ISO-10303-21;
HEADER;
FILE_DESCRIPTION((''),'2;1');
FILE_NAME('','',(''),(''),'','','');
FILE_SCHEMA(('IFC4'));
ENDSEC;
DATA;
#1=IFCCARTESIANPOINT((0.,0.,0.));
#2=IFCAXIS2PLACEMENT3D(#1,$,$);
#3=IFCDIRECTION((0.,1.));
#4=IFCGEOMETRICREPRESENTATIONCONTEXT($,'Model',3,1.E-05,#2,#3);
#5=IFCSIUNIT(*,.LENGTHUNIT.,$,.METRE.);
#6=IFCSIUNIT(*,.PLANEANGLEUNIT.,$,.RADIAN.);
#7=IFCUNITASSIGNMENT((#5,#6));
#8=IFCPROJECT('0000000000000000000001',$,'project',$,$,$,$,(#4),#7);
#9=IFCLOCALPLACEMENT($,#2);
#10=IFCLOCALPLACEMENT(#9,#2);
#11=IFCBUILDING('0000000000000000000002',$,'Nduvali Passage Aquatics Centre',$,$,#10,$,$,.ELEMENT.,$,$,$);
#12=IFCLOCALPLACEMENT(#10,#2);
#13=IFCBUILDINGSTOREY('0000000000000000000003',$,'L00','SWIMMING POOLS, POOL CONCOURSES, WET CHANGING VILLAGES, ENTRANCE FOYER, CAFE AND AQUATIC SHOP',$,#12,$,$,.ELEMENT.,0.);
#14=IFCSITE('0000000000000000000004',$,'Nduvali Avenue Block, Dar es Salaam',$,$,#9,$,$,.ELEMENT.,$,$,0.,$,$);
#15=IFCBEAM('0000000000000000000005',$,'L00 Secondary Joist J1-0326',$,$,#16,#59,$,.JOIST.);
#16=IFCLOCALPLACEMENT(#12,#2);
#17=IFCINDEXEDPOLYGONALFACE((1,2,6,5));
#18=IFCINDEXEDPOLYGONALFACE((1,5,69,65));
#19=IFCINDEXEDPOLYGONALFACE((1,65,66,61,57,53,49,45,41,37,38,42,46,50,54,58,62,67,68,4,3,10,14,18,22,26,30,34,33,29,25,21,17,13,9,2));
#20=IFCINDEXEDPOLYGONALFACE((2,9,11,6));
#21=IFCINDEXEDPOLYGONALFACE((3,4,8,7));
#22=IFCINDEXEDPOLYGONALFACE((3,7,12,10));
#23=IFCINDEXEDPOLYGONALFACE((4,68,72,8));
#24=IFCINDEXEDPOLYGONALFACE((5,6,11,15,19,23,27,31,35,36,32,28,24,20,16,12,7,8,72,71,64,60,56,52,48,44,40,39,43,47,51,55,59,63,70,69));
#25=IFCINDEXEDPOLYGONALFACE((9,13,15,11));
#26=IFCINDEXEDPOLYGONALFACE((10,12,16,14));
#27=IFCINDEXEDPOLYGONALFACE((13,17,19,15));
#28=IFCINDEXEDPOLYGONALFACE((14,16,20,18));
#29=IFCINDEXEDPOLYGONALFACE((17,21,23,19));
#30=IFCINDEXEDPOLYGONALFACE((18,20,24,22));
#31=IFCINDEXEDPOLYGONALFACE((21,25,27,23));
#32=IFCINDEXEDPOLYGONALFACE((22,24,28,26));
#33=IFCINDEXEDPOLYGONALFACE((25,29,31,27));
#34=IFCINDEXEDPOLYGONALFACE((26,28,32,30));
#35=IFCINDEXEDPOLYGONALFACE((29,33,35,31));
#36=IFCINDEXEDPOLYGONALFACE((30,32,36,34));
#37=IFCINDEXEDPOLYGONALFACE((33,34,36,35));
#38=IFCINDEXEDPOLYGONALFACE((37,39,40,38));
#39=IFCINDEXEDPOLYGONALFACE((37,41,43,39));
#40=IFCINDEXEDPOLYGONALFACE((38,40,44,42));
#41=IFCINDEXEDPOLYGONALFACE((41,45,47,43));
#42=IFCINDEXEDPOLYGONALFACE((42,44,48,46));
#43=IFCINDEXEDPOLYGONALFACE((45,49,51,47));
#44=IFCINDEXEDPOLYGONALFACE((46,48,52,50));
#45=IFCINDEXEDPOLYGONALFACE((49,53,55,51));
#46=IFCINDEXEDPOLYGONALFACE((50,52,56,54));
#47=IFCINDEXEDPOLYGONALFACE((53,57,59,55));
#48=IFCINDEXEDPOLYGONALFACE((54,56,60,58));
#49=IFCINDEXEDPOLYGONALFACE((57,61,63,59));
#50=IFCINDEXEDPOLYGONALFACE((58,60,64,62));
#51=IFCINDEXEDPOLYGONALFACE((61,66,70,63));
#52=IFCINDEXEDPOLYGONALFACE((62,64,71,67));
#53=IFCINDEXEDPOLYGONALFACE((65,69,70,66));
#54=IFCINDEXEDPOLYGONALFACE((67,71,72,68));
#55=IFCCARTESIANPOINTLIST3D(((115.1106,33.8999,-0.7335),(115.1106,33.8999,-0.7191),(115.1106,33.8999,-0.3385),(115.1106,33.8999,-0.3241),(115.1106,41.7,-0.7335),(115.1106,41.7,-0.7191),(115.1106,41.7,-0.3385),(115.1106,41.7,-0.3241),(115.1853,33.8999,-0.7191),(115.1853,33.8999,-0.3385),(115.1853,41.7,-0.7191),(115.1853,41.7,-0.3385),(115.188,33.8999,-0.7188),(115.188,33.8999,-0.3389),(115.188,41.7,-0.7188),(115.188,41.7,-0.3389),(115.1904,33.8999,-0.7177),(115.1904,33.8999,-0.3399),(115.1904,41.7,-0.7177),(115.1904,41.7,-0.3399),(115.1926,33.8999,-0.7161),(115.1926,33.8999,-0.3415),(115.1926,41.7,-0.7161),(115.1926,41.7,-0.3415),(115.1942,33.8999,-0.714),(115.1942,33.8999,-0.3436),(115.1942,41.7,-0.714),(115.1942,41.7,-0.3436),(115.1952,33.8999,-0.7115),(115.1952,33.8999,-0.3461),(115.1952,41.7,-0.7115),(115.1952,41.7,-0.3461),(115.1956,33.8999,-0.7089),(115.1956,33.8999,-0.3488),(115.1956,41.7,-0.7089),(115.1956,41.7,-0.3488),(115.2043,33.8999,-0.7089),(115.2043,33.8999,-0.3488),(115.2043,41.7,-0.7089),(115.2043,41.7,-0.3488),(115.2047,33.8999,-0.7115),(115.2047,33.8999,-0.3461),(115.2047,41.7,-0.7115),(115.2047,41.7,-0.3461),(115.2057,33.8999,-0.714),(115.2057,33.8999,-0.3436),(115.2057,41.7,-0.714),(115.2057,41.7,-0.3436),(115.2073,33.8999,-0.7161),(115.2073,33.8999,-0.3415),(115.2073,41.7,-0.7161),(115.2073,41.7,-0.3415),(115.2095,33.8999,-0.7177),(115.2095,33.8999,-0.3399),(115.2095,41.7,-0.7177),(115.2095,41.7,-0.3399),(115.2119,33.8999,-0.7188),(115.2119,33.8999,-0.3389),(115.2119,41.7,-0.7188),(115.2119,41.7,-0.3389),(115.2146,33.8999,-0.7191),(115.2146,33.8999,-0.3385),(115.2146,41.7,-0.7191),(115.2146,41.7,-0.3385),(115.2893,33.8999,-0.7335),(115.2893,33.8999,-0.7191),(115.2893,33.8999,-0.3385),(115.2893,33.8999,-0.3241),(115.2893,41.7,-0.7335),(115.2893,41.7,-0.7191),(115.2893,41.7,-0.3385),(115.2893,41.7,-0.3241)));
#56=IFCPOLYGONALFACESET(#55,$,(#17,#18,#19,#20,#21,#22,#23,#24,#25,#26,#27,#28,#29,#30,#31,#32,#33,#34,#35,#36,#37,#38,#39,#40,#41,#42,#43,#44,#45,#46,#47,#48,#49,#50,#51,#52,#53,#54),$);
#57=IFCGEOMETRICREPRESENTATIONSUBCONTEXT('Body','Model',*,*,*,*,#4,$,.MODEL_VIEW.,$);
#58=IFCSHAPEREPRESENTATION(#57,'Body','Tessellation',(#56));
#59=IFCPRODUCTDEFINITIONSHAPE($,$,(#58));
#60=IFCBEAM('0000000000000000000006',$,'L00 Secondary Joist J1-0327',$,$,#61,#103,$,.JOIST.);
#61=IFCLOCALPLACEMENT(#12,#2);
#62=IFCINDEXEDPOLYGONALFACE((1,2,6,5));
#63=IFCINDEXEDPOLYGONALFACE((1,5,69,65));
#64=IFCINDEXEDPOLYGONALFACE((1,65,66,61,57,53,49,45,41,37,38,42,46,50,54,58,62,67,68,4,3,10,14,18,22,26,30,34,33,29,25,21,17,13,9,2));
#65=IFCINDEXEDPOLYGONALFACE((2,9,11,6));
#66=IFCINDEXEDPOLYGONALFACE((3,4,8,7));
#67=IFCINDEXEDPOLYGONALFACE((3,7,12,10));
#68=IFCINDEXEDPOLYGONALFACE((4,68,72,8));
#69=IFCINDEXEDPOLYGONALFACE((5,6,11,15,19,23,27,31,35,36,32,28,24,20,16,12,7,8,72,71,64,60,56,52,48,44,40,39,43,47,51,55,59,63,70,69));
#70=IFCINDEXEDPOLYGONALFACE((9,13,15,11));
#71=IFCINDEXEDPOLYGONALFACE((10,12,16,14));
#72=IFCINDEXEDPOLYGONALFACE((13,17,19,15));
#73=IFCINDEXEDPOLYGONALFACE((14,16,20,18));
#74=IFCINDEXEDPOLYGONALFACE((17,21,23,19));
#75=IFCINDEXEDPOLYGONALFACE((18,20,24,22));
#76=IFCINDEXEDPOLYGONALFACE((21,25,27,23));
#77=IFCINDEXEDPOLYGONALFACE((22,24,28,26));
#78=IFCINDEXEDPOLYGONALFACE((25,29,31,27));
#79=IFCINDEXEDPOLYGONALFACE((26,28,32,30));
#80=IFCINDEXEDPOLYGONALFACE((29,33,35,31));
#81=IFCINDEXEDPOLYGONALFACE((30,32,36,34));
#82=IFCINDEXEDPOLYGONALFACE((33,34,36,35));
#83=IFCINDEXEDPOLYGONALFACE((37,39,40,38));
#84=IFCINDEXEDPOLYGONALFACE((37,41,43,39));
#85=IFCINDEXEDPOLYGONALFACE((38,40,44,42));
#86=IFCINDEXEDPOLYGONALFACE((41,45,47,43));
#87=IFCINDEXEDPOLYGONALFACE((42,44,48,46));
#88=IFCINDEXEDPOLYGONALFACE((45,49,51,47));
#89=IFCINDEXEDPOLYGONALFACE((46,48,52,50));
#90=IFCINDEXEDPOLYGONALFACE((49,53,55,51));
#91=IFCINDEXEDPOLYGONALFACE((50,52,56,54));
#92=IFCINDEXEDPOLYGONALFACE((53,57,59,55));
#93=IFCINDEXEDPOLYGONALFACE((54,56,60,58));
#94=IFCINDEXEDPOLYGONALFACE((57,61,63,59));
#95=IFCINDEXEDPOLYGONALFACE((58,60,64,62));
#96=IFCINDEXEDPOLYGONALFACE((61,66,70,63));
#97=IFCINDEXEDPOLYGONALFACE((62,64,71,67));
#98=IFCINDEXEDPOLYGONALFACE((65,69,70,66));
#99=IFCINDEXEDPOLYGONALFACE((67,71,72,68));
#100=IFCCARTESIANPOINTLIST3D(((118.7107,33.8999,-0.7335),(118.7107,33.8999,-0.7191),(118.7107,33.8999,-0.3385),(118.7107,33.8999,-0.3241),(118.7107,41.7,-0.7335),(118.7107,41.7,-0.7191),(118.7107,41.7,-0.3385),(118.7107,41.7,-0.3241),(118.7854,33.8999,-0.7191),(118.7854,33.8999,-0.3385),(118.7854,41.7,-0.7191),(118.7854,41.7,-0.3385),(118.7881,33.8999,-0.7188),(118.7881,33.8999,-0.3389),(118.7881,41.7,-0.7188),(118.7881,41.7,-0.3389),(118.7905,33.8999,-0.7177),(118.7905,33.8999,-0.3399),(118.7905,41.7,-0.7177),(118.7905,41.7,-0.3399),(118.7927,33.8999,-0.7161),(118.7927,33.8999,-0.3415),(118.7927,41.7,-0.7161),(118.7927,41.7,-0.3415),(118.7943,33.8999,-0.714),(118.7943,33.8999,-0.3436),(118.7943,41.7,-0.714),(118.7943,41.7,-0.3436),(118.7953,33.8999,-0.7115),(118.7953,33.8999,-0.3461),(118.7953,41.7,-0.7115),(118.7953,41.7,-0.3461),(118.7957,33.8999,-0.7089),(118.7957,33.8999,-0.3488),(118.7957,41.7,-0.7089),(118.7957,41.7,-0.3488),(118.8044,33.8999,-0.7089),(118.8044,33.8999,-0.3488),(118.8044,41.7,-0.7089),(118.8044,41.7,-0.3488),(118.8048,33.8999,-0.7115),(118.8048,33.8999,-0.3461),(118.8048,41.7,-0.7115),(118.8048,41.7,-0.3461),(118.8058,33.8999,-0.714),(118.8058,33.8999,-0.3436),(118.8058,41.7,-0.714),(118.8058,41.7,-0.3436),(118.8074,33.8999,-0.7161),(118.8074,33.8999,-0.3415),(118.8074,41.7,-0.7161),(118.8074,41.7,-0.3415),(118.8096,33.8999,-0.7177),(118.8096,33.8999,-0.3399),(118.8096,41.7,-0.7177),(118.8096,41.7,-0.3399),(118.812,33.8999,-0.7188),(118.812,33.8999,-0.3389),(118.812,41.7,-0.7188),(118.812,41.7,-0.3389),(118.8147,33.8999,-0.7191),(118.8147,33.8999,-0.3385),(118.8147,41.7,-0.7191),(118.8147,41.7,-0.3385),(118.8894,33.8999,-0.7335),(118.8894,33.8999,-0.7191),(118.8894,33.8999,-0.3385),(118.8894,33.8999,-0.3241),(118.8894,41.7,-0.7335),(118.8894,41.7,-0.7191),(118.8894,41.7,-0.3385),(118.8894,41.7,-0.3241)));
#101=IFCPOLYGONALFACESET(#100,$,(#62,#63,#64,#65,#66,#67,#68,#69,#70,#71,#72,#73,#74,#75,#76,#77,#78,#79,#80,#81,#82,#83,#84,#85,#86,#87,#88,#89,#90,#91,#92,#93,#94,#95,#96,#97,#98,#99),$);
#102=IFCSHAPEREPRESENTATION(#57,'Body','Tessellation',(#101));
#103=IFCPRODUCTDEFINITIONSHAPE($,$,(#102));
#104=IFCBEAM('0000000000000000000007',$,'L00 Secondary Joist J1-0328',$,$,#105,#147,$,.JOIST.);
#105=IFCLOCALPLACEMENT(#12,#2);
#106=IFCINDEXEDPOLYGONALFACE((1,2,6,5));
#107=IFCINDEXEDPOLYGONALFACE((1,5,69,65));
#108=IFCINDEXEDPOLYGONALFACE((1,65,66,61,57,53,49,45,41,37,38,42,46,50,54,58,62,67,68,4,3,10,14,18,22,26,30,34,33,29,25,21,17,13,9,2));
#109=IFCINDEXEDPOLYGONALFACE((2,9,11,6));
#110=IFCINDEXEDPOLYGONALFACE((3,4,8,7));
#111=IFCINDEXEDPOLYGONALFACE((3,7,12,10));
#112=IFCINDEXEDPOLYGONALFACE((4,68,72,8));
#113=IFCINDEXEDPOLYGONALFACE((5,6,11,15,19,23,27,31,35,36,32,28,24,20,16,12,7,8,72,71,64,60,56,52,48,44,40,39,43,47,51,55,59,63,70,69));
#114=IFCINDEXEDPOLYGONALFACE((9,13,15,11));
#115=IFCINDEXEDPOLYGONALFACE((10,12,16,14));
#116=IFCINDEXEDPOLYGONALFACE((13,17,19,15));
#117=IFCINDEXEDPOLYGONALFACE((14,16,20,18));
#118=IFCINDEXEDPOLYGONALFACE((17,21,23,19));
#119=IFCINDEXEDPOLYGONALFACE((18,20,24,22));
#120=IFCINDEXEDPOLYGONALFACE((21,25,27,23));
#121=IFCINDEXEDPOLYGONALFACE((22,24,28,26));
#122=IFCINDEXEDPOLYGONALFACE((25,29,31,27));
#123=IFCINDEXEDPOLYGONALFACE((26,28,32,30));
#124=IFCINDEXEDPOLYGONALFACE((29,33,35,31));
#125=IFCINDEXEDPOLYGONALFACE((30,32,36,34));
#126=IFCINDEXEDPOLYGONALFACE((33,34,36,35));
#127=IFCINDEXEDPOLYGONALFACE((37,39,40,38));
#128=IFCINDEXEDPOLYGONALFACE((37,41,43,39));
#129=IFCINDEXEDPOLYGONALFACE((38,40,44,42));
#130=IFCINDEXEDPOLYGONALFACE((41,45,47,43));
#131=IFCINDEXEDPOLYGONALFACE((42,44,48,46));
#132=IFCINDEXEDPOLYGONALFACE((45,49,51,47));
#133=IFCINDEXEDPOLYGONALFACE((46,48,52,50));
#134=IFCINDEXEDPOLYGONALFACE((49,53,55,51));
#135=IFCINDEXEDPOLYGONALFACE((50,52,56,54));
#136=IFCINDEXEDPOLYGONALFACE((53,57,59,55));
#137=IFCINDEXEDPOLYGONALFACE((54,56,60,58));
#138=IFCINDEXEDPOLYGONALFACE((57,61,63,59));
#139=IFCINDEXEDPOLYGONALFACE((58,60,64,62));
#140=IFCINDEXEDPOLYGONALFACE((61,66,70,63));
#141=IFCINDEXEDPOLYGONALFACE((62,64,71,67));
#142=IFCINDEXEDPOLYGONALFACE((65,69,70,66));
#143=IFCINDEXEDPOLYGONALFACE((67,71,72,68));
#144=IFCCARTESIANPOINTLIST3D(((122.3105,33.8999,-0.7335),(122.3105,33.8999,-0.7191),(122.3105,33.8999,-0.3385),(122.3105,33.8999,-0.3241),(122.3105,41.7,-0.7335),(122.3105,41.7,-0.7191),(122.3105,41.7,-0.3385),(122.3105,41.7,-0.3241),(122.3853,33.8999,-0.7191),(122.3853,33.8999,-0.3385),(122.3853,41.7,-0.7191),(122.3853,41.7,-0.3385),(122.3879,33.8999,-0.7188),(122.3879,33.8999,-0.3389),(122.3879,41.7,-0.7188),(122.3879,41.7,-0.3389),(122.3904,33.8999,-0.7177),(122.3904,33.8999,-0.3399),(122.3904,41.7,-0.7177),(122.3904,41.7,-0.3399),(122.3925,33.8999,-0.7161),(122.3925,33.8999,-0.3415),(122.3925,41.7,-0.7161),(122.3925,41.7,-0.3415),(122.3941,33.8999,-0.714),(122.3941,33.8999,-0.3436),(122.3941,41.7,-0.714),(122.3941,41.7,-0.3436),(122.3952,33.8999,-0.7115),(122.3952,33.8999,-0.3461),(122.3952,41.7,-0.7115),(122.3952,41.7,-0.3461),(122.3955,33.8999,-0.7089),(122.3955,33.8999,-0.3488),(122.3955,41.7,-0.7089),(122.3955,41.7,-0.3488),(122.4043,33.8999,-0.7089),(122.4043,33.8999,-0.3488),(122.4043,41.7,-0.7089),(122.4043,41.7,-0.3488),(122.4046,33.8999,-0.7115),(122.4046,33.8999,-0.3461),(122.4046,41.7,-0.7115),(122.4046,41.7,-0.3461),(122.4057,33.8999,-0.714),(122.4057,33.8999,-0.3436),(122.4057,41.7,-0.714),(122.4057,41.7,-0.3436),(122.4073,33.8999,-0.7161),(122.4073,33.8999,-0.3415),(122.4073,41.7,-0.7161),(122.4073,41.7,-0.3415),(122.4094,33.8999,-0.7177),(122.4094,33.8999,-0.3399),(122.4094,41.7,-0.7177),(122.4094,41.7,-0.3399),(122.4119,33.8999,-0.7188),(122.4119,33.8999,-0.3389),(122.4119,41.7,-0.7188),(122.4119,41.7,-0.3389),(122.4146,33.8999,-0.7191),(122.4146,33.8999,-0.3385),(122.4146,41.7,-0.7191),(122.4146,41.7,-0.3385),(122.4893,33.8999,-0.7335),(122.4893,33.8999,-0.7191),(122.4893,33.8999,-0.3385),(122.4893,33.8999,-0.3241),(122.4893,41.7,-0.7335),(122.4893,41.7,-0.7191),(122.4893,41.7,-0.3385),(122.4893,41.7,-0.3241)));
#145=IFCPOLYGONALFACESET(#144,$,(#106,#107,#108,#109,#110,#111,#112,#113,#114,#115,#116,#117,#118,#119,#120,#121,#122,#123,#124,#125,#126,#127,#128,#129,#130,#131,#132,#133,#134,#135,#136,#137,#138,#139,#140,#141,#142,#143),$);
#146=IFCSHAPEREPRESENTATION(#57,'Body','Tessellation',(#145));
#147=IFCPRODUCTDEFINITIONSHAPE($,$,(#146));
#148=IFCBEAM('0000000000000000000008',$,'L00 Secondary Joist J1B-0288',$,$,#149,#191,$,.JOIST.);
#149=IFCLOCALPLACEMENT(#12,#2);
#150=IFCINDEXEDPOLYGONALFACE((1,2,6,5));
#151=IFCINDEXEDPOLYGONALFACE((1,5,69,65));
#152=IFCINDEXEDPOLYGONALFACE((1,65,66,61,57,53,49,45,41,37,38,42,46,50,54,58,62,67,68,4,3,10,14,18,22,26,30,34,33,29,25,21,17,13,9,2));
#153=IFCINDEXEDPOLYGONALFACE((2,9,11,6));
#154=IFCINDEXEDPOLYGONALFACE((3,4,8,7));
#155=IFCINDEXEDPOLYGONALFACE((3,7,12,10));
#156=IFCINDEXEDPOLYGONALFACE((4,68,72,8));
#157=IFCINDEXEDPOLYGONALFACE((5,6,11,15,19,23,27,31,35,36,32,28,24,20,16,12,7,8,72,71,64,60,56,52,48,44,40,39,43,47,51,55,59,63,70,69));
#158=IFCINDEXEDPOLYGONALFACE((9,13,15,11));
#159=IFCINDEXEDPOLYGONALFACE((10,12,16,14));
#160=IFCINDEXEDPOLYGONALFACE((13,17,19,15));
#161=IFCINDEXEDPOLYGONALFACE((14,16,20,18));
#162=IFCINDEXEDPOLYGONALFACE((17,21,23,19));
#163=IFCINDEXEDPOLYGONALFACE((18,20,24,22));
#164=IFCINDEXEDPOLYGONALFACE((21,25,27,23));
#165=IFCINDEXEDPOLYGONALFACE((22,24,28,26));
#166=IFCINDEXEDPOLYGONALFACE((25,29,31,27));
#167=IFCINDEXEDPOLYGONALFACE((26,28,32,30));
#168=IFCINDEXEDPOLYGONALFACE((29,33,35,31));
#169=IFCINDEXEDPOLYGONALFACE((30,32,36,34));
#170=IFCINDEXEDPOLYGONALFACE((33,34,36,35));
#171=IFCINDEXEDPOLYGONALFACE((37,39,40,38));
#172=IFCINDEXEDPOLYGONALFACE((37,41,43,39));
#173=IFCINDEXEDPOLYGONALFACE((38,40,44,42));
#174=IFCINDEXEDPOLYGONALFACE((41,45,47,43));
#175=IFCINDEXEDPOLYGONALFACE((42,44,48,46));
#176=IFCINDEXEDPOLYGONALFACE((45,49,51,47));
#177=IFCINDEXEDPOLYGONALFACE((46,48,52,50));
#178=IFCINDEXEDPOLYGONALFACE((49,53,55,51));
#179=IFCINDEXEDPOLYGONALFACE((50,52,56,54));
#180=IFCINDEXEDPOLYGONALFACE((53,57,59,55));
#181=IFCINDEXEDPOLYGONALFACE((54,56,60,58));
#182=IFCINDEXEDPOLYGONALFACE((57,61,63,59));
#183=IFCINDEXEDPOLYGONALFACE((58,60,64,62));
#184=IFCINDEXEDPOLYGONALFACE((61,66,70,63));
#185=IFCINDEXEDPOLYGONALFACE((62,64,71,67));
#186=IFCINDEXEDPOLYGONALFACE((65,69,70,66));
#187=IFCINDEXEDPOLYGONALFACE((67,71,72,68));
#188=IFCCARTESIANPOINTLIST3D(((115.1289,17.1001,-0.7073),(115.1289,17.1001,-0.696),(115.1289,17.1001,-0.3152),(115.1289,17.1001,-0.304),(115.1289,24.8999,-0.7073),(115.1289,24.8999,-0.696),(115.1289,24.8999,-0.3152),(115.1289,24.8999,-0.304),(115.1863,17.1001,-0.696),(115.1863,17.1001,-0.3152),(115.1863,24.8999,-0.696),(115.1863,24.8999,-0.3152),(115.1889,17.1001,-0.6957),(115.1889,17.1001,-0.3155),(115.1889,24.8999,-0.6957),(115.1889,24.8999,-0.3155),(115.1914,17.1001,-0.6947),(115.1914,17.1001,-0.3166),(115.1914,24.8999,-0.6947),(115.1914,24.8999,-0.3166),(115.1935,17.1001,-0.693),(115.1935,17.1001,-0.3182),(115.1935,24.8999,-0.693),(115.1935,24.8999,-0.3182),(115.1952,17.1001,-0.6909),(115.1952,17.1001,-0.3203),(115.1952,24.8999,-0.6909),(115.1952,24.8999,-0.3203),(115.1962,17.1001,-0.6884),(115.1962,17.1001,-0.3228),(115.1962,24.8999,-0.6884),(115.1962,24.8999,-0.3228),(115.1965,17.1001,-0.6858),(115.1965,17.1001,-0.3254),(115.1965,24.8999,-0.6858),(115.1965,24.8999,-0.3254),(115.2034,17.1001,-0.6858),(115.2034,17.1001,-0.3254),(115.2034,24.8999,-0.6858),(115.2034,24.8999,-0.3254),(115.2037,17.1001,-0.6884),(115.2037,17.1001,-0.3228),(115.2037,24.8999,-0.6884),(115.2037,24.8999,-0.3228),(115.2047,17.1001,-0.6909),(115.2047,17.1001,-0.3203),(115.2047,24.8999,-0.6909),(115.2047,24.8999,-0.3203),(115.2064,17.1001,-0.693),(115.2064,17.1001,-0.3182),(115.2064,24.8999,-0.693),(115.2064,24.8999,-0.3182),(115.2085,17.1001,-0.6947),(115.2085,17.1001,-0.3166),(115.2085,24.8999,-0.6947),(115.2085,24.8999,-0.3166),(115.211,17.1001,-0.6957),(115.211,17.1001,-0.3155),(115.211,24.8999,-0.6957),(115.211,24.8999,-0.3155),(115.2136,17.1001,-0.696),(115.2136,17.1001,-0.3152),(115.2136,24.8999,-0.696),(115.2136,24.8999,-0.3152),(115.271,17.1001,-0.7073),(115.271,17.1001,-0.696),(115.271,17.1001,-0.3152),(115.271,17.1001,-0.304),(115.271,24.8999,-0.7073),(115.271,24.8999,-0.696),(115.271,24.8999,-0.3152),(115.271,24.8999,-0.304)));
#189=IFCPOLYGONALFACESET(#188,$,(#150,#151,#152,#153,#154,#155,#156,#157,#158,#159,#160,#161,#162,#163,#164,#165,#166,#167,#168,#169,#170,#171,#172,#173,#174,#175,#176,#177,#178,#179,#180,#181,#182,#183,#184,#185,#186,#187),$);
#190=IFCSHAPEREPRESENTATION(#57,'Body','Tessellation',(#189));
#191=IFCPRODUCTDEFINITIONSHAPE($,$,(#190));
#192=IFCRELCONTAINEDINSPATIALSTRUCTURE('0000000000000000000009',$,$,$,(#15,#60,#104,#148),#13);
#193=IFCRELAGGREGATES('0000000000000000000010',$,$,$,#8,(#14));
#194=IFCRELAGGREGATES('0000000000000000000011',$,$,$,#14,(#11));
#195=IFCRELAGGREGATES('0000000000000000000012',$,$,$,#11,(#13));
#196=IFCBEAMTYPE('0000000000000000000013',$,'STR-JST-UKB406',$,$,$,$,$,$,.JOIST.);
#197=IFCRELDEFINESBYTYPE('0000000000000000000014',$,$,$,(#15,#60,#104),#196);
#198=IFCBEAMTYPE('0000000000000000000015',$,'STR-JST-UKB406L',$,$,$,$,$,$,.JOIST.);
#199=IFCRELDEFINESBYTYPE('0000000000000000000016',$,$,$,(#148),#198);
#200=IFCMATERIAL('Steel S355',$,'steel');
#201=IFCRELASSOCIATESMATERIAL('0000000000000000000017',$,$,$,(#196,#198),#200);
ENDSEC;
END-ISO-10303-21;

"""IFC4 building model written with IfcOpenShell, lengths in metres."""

from ifc_helpers import new_model, si_unit, direction, frame, origin, origin_2d, place, context, subcontext, project, spatial, i_section, extrude, material, material_profile, profile_set, type_object, element, save


model = new_model("IFC4")

# Units and contexts
model_context = context("Model", 3, precision=1e-05, world=origin(), true_north=direction((0.0, 1.0)))
body_context = subcontext(model_context, "Body", "Model", "MODEL_VIEW")
ifc_project = project(units=[si_unit("LENGTHUNIT", "METRE"), si_unit("PLANEANGLEUNIT", "RADIAN")], contexts=[model_context])

# Site, building, storey
site_placement = place(None, origin())
site = spatial("IfcSite", under=ifc_project, at=site_placement, Name="Nduvali Avenue Block, Dar es Salaam", CompositionType="ELEMENT", RefElevation=0.0)
building_placement = place(site_placement, origin())
building = spatial("IfcBuilding", under=site, at=building_placement, Name="Nduvali Passage Aquatics Centre", CompositionType="ELEMENT")
storey_placement = place(building_placement, origin())
storey = spatial("IfcBuildingStorey", under=building, at=storey_placement, Name="L00", Description="SWIMMING POOLS, POOL CONCOURSES, WET CHANGING VILLAGES, ENTRANCE FOYER, CAFE AND AQUATIC SHOP", CompositionType="ELEMENT", Elevation=0.0)

# Beams
ifc_material_1 = material(Name="Steel S355", Category="steel")
ifc_material_profile_1 = material_profile(ifc_material_1, i_section(OverallWidth=0.1787, OverallDepth=0.4094, WebThickness=0.0088, FlangeThickness=0.0144, FilletRadius=0.0103, at=origin_2d()), Name="UKB 406x178x67")
ifc_profile_set_1 = profile_set([ifc_material_profile_1], Name="Steel S355")
beam_type_1 = type_object("IfcBeamType", Name="STR-JST-UKB406", PredefinedType="JOIST", material=ifc_profile_set_1)
for number, where, z_axis, x_axis, name in (
    (1, (115.2, 33.8999, -0.5288), (0.0, 1.0, 0.0), (-1.0, 0.0, 0.0), "L00 Secondary Joist J1-0326"),
    (2, (118.8, 33.8999, -0.5288), (0.0, 1.0, 0.0), (-1.0, 0.0, 0.0), "L00 Secondary Joist J1-0327"),
    (3, (122.3999, 33.8999, -0.5288), (0.0, 1.0, 0.0), (-1.0, 0.0, 0.0), "L00 Secondary Joist J1-0328"),
):
    element("IfcBeam", number, at=place(storey_placement, frame(where, z_axis=z_axis, x_axis=x_axis)), inside=storey, type_object=beam_type_1, Name=name, PredefinedType="JOIST", context=body_context, shape_type="SweptSolid", body=[
        extrude(i_section(OverallWidth=0.1787, OverallDepth=0.4094, WebThickness=0.0088, FlangeThickness=0.0144, FilletRadius=0.0103, at=origin_2d()), origin(), (0.0, 0.0, 1.0), 7.8),
    ])
ifc_material_profile_2 = material_profile(ifc_material_1, i_section(OverallWidth=0.1421, OverallDepth=0.4033, WebThickness=0.0068, FlangeThickness=0.0112, FilletRadius=0.0103, at=origin_2d()), Name="UKB 406x140x46")
ifc_profile_set_2 = profile_set([ifc_material_profile_2], Name="Steel S355")
beam_type_2 = type_object("IfcBeamType", Name="STR-JST-UKB406L", PredefinedType="JOIST", material=ifc_profile_set_2)
for number, where, z_axis, x_axis, name in (
    (4, (115.2, 17.1001, -0.5056), (0.0, 1.0, 0.0), (-1.0, 0.0, 0.0), "L00 Secondary Joist J1B-0288"),
):
    element("IfcBeam", number, at=place(storey_placement, frame(where, z_axis=z_axis, x_axis=x_axis)), inside=storey, type_object=beam_type_2, Name=name, PredefinedType="JOIST", context=body_context, shape_type="SweptSolid", body=[
        extrude(i_section(OverallWidth=0.1421, OverallDepth=0.4033, WebThickness=0.0068, FlangeThickness=0.0112, FilletRadius=0.0103, at=origin_2d()), origin(), (0.0, 0.0, 1.0), 7.7998),
    ])

save(model, "model.ifc")
